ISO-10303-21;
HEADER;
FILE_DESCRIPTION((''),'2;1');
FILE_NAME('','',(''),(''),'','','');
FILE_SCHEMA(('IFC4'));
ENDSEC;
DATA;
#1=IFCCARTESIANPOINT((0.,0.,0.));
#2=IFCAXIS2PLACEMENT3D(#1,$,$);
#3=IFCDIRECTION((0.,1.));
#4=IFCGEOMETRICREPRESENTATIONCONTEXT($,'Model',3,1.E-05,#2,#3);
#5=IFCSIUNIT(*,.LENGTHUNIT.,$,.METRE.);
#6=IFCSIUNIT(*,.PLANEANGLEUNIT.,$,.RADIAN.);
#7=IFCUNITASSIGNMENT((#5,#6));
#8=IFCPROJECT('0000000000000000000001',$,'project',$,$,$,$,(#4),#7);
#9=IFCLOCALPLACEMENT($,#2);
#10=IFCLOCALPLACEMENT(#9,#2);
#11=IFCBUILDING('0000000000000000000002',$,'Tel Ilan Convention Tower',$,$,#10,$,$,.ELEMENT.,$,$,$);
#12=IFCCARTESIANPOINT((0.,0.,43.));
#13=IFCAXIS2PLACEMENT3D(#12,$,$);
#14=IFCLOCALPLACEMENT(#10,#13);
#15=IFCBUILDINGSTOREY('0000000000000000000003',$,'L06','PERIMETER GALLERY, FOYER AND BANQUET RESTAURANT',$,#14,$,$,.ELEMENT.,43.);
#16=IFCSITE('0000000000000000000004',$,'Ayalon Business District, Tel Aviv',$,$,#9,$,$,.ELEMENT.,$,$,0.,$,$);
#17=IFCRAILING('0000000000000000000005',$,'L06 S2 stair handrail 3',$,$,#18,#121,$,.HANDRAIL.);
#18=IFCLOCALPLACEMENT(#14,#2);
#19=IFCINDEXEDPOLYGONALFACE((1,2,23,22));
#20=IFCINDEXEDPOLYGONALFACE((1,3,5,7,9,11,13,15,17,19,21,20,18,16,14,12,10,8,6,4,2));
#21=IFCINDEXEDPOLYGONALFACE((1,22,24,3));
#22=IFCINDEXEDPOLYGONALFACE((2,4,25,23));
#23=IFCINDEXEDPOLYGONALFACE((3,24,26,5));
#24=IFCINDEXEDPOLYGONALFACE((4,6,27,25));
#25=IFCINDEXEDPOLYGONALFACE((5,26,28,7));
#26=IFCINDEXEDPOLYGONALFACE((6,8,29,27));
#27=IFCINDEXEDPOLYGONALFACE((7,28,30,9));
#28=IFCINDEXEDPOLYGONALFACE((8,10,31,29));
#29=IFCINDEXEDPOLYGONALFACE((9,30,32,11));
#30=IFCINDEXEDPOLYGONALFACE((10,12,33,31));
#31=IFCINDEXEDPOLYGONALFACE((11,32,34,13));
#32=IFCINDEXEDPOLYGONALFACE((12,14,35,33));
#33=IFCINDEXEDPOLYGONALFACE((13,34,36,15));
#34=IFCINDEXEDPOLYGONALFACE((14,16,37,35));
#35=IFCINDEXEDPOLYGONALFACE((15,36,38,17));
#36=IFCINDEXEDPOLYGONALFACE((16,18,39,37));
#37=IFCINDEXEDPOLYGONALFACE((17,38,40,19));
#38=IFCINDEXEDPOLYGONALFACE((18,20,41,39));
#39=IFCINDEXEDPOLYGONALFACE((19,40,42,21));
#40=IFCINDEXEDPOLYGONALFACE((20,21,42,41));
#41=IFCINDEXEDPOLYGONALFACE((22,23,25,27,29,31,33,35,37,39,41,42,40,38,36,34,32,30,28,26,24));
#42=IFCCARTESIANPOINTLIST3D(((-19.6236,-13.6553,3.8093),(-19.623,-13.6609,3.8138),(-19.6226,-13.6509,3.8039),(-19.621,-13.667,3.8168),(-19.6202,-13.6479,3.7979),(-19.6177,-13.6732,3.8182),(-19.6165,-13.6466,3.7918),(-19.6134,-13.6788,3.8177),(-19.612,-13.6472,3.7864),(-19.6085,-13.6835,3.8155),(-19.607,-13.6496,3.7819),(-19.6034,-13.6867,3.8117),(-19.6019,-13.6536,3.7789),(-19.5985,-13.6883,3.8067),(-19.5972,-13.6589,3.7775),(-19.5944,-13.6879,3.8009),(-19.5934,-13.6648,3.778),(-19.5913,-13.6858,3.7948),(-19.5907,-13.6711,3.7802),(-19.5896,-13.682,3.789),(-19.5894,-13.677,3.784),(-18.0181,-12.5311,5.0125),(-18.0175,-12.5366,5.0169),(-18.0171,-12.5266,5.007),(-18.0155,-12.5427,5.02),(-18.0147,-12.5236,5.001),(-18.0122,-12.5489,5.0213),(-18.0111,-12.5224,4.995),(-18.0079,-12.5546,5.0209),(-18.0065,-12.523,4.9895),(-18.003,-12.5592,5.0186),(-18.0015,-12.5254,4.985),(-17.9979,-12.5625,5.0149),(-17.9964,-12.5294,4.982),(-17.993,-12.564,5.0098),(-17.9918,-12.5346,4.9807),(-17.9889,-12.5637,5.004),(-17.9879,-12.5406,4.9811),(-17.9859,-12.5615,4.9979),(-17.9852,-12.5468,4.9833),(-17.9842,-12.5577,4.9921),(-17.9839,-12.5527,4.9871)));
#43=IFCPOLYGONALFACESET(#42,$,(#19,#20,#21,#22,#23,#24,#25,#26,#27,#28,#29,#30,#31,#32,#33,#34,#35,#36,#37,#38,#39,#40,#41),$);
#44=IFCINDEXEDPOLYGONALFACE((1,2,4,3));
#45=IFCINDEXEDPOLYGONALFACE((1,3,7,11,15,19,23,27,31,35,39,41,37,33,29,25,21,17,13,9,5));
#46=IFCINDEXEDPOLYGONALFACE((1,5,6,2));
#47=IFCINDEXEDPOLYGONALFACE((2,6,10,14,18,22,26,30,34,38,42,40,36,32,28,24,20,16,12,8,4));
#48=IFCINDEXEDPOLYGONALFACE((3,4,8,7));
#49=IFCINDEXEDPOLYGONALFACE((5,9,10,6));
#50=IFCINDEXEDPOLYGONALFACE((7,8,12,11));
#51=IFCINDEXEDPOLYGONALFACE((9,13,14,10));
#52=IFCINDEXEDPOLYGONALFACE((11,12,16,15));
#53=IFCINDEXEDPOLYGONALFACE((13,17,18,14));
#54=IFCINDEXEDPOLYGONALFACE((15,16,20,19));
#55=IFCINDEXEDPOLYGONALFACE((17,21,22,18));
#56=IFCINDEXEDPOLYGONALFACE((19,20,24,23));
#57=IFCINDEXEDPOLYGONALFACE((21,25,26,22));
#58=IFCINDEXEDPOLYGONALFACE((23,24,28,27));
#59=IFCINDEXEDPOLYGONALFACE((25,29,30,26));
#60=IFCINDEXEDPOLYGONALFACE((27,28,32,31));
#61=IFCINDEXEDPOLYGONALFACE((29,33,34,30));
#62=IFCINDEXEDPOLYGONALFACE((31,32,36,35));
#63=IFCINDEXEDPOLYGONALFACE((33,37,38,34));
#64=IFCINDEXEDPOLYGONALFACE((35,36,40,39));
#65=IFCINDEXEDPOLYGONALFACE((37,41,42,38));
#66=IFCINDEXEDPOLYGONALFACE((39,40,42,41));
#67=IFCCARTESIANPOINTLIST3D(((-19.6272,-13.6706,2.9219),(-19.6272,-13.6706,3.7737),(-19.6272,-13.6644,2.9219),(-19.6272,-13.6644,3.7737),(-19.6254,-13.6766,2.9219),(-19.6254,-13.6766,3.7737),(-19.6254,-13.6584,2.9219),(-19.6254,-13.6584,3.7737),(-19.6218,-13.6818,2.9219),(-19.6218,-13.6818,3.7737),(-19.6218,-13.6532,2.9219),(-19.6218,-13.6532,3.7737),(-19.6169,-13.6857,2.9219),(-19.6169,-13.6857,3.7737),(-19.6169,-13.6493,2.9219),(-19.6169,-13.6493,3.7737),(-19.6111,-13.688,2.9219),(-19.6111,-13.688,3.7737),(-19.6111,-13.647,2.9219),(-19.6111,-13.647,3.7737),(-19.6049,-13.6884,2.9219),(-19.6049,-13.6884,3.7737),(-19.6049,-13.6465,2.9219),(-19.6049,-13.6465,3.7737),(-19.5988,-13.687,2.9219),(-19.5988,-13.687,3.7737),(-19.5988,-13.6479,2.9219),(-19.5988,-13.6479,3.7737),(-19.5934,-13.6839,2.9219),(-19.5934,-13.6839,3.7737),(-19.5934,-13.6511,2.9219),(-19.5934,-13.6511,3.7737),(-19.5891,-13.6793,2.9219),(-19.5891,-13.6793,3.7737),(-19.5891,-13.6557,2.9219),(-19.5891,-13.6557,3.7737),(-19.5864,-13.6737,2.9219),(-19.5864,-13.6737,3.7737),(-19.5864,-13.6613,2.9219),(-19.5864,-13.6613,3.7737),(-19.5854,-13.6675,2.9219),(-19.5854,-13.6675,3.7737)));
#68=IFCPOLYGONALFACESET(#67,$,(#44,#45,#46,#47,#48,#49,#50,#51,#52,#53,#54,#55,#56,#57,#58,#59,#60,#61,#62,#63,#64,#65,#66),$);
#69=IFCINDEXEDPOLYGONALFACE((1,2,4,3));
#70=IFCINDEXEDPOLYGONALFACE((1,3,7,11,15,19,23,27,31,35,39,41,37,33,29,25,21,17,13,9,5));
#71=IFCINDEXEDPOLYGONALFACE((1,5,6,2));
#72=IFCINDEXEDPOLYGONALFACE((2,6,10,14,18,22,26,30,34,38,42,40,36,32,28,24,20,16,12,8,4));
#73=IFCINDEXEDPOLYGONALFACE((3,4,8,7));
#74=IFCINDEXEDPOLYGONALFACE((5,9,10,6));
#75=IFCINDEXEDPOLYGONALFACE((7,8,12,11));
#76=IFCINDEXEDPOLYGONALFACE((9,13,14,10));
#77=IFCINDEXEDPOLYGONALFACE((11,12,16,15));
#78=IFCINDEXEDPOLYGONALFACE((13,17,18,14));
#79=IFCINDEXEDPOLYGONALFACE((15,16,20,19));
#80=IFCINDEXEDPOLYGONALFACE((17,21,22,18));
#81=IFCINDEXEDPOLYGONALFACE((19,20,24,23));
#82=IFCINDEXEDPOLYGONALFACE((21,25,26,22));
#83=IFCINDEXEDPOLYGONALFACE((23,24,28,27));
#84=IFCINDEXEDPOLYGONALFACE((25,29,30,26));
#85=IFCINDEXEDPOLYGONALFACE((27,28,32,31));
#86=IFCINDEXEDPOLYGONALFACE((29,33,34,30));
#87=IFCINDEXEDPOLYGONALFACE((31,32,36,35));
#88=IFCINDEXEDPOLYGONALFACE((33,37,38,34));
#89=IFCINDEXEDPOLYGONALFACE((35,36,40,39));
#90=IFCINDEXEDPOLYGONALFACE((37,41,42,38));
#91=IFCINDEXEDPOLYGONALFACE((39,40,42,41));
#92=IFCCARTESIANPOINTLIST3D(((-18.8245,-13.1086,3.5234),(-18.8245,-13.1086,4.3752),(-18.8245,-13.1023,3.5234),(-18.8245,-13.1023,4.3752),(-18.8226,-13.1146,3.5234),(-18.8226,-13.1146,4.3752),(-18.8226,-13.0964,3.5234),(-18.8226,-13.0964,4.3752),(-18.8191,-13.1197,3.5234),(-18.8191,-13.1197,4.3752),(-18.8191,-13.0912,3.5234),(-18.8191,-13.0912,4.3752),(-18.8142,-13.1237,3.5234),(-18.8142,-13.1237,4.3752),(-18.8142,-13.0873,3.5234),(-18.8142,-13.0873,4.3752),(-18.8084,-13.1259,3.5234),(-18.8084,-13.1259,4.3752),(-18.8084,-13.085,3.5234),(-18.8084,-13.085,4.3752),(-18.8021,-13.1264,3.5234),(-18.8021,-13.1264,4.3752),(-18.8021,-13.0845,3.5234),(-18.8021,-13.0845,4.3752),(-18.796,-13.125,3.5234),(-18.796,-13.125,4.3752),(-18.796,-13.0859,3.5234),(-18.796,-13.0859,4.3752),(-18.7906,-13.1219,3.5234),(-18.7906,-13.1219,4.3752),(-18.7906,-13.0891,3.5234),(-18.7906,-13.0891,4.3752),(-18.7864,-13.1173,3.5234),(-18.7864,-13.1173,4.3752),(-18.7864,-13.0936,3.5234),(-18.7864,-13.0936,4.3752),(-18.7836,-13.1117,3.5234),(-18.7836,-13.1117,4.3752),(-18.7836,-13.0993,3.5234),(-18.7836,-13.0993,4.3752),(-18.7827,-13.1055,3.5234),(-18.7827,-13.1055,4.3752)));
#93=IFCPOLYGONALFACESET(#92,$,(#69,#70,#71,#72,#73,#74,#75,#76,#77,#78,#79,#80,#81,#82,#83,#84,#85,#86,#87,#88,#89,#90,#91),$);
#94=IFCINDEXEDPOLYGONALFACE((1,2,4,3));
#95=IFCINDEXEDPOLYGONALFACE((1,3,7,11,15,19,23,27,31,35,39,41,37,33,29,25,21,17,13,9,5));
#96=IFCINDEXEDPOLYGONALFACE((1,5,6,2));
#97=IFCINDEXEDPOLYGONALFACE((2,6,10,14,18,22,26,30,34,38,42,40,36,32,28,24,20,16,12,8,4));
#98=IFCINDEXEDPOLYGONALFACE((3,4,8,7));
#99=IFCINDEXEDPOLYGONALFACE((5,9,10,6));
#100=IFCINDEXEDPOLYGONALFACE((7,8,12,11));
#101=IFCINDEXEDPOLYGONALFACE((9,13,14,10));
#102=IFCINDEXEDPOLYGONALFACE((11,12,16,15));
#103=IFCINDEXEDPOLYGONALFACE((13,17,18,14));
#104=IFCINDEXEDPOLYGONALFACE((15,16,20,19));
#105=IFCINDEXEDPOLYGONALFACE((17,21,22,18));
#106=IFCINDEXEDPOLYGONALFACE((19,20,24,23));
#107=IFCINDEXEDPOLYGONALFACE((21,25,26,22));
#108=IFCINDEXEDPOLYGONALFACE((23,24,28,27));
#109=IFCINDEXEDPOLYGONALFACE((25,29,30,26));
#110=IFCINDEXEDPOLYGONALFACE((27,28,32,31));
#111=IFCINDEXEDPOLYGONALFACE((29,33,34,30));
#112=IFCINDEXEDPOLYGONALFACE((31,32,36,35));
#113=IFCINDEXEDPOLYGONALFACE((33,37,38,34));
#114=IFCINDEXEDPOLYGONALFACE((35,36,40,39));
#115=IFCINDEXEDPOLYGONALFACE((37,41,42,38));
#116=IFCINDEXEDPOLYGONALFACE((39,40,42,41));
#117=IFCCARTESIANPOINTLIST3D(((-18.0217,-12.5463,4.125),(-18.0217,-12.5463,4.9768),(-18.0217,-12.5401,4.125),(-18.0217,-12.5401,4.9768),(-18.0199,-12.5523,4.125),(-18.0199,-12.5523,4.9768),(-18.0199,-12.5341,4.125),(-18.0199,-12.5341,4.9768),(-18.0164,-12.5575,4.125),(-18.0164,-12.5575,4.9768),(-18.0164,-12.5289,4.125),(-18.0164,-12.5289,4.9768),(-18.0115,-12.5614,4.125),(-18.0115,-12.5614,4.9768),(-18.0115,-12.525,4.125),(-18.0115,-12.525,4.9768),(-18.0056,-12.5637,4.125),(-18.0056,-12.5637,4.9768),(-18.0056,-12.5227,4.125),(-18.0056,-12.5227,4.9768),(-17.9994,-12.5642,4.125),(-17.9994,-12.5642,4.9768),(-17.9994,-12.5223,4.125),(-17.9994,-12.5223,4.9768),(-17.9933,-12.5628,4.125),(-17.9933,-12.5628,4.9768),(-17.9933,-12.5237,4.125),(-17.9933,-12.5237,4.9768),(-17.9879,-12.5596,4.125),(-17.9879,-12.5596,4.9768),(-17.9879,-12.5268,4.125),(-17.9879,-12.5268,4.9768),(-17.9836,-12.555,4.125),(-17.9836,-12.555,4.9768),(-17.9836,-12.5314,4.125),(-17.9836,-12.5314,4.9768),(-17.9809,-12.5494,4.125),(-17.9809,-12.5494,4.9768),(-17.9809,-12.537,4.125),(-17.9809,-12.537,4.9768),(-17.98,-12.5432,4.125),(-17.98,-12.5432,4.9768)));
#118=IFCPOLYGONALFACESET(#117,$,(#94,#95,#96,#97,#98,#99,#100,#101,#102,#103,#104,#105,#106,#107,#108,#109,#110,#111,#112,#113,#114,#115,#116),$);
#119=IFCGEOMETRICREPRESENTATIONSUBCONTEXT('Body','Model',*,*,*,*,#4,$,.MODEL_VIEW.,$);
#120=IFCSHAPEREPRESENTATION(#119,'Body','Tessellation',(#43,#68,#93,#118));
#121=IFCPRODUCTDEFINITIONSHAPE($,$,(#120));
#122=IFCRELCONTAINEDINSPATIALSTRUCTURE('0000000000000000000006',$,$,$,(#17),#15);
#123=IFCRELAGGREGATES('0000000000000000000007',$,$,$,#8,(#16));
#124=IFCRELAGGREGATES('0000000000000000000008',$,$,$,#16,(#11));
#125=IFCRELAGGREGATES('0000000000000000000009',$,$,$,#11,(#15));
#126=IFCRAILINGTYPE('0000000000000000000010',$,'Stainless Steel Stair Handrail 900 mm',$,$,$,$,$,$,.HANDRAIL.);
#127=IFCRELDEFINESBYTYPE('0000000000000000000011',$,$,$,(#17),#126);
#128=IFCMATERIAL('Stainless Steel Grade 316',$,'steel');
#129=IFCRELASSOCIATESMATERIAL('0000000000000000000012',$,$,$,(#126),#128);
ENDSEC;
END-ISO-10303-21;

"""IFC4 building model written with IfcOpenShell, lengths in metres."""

from ifc_helpers import new_model, si_unit, direction, frame, origin, origin_2d, place, context, subcontext, project, spatial, circle, extrude, material, type_object, element, save


model = new_model("IFC4")

# Units and contexts
model_context = context("Model", 3, precision=1e-05, world=origin(), true_north=direction((0.0, 1.0)))
body_context = subcontext(model_context, "Body", "Model", "MODEL_VIEW")
ifc_project = project(units=[si_unit("LENGTHUNIT", "METRE"), si_unit("PLANEANGLEUNIT", "RADIAN")], contexts=[model_context])

# Site, building, storey
site_placement = place(None, origin())
site = spatial("IfcSite", under=ifc_project, at=site_placement, Name="Ayalon Business District, Tel Aviv", CompositionType="ELEMENT", RefElevation=0.0)
building_placement = place(site_placement, origin())
building = spatial("IfcBuilding", under=site, at=building_placement, Name="Tel Ilan Convention Tower", CompositionType="ELEMENT")
storey_placement = place(building_placement, frame((0.0, 0.0, 43.0)))
storey = spatial("IfcBuildingStorey", under=building, at=storey_placement, Name="L06", Description="PERIMETER GALLERY, FOYER AND BANQUET RESTAURANT", CompositionType="ELEMENT", Elevation=43.0)

# Railing
ifc_material_1 = material(Name="Stainless Steel Grade 316", Category="steel")
railing_type_1 = type_object("IfcRailingType", Name="Stainless Steel Stair Handrail 900 mm", PredefinedType="HANDRAIL", material=ifc_material_1)
railing_1_placement = place(storey_placement, frame((-19.6064, -13.6675, 2.9219)))
element("IfcRailing", 1, at=railing_1_placement, inside=storey, type_object=railing_type_1, Name="L06 S2 stair handrail 3", PredefinedType="HANDRAIL", context=body_context, shape_type="SweptSolid", body=[
    extrude(circle(Radius=0.0239, at=origin_2d()), frame((0.0, 0.0, 0.876), z_axis=(0.698095, 0.488857, 0.523146), x_axis=(-0.573613, 0.819127, 0.0)), (0.0, 0.0, 1.0), 2.2998),
    extrude(circle(Radius=0.021, at=origin_2d()), origin(), (0.0, 0.0, 1.0), 0.8518),
    extrude(circle(Radius=0.021, at=origin_2d()), frame((0.8027, 0.562, 0.6016)), (0.0, 0.0, 1.0), 0.8518),
    extrude(circle(Radius=0.021, at=origin_2d()), frame((1.6055, 1.1243, 1.2031)), (0.0, 0.0, 1.0), 0.8518),
])

save(model, "model.ifc")
